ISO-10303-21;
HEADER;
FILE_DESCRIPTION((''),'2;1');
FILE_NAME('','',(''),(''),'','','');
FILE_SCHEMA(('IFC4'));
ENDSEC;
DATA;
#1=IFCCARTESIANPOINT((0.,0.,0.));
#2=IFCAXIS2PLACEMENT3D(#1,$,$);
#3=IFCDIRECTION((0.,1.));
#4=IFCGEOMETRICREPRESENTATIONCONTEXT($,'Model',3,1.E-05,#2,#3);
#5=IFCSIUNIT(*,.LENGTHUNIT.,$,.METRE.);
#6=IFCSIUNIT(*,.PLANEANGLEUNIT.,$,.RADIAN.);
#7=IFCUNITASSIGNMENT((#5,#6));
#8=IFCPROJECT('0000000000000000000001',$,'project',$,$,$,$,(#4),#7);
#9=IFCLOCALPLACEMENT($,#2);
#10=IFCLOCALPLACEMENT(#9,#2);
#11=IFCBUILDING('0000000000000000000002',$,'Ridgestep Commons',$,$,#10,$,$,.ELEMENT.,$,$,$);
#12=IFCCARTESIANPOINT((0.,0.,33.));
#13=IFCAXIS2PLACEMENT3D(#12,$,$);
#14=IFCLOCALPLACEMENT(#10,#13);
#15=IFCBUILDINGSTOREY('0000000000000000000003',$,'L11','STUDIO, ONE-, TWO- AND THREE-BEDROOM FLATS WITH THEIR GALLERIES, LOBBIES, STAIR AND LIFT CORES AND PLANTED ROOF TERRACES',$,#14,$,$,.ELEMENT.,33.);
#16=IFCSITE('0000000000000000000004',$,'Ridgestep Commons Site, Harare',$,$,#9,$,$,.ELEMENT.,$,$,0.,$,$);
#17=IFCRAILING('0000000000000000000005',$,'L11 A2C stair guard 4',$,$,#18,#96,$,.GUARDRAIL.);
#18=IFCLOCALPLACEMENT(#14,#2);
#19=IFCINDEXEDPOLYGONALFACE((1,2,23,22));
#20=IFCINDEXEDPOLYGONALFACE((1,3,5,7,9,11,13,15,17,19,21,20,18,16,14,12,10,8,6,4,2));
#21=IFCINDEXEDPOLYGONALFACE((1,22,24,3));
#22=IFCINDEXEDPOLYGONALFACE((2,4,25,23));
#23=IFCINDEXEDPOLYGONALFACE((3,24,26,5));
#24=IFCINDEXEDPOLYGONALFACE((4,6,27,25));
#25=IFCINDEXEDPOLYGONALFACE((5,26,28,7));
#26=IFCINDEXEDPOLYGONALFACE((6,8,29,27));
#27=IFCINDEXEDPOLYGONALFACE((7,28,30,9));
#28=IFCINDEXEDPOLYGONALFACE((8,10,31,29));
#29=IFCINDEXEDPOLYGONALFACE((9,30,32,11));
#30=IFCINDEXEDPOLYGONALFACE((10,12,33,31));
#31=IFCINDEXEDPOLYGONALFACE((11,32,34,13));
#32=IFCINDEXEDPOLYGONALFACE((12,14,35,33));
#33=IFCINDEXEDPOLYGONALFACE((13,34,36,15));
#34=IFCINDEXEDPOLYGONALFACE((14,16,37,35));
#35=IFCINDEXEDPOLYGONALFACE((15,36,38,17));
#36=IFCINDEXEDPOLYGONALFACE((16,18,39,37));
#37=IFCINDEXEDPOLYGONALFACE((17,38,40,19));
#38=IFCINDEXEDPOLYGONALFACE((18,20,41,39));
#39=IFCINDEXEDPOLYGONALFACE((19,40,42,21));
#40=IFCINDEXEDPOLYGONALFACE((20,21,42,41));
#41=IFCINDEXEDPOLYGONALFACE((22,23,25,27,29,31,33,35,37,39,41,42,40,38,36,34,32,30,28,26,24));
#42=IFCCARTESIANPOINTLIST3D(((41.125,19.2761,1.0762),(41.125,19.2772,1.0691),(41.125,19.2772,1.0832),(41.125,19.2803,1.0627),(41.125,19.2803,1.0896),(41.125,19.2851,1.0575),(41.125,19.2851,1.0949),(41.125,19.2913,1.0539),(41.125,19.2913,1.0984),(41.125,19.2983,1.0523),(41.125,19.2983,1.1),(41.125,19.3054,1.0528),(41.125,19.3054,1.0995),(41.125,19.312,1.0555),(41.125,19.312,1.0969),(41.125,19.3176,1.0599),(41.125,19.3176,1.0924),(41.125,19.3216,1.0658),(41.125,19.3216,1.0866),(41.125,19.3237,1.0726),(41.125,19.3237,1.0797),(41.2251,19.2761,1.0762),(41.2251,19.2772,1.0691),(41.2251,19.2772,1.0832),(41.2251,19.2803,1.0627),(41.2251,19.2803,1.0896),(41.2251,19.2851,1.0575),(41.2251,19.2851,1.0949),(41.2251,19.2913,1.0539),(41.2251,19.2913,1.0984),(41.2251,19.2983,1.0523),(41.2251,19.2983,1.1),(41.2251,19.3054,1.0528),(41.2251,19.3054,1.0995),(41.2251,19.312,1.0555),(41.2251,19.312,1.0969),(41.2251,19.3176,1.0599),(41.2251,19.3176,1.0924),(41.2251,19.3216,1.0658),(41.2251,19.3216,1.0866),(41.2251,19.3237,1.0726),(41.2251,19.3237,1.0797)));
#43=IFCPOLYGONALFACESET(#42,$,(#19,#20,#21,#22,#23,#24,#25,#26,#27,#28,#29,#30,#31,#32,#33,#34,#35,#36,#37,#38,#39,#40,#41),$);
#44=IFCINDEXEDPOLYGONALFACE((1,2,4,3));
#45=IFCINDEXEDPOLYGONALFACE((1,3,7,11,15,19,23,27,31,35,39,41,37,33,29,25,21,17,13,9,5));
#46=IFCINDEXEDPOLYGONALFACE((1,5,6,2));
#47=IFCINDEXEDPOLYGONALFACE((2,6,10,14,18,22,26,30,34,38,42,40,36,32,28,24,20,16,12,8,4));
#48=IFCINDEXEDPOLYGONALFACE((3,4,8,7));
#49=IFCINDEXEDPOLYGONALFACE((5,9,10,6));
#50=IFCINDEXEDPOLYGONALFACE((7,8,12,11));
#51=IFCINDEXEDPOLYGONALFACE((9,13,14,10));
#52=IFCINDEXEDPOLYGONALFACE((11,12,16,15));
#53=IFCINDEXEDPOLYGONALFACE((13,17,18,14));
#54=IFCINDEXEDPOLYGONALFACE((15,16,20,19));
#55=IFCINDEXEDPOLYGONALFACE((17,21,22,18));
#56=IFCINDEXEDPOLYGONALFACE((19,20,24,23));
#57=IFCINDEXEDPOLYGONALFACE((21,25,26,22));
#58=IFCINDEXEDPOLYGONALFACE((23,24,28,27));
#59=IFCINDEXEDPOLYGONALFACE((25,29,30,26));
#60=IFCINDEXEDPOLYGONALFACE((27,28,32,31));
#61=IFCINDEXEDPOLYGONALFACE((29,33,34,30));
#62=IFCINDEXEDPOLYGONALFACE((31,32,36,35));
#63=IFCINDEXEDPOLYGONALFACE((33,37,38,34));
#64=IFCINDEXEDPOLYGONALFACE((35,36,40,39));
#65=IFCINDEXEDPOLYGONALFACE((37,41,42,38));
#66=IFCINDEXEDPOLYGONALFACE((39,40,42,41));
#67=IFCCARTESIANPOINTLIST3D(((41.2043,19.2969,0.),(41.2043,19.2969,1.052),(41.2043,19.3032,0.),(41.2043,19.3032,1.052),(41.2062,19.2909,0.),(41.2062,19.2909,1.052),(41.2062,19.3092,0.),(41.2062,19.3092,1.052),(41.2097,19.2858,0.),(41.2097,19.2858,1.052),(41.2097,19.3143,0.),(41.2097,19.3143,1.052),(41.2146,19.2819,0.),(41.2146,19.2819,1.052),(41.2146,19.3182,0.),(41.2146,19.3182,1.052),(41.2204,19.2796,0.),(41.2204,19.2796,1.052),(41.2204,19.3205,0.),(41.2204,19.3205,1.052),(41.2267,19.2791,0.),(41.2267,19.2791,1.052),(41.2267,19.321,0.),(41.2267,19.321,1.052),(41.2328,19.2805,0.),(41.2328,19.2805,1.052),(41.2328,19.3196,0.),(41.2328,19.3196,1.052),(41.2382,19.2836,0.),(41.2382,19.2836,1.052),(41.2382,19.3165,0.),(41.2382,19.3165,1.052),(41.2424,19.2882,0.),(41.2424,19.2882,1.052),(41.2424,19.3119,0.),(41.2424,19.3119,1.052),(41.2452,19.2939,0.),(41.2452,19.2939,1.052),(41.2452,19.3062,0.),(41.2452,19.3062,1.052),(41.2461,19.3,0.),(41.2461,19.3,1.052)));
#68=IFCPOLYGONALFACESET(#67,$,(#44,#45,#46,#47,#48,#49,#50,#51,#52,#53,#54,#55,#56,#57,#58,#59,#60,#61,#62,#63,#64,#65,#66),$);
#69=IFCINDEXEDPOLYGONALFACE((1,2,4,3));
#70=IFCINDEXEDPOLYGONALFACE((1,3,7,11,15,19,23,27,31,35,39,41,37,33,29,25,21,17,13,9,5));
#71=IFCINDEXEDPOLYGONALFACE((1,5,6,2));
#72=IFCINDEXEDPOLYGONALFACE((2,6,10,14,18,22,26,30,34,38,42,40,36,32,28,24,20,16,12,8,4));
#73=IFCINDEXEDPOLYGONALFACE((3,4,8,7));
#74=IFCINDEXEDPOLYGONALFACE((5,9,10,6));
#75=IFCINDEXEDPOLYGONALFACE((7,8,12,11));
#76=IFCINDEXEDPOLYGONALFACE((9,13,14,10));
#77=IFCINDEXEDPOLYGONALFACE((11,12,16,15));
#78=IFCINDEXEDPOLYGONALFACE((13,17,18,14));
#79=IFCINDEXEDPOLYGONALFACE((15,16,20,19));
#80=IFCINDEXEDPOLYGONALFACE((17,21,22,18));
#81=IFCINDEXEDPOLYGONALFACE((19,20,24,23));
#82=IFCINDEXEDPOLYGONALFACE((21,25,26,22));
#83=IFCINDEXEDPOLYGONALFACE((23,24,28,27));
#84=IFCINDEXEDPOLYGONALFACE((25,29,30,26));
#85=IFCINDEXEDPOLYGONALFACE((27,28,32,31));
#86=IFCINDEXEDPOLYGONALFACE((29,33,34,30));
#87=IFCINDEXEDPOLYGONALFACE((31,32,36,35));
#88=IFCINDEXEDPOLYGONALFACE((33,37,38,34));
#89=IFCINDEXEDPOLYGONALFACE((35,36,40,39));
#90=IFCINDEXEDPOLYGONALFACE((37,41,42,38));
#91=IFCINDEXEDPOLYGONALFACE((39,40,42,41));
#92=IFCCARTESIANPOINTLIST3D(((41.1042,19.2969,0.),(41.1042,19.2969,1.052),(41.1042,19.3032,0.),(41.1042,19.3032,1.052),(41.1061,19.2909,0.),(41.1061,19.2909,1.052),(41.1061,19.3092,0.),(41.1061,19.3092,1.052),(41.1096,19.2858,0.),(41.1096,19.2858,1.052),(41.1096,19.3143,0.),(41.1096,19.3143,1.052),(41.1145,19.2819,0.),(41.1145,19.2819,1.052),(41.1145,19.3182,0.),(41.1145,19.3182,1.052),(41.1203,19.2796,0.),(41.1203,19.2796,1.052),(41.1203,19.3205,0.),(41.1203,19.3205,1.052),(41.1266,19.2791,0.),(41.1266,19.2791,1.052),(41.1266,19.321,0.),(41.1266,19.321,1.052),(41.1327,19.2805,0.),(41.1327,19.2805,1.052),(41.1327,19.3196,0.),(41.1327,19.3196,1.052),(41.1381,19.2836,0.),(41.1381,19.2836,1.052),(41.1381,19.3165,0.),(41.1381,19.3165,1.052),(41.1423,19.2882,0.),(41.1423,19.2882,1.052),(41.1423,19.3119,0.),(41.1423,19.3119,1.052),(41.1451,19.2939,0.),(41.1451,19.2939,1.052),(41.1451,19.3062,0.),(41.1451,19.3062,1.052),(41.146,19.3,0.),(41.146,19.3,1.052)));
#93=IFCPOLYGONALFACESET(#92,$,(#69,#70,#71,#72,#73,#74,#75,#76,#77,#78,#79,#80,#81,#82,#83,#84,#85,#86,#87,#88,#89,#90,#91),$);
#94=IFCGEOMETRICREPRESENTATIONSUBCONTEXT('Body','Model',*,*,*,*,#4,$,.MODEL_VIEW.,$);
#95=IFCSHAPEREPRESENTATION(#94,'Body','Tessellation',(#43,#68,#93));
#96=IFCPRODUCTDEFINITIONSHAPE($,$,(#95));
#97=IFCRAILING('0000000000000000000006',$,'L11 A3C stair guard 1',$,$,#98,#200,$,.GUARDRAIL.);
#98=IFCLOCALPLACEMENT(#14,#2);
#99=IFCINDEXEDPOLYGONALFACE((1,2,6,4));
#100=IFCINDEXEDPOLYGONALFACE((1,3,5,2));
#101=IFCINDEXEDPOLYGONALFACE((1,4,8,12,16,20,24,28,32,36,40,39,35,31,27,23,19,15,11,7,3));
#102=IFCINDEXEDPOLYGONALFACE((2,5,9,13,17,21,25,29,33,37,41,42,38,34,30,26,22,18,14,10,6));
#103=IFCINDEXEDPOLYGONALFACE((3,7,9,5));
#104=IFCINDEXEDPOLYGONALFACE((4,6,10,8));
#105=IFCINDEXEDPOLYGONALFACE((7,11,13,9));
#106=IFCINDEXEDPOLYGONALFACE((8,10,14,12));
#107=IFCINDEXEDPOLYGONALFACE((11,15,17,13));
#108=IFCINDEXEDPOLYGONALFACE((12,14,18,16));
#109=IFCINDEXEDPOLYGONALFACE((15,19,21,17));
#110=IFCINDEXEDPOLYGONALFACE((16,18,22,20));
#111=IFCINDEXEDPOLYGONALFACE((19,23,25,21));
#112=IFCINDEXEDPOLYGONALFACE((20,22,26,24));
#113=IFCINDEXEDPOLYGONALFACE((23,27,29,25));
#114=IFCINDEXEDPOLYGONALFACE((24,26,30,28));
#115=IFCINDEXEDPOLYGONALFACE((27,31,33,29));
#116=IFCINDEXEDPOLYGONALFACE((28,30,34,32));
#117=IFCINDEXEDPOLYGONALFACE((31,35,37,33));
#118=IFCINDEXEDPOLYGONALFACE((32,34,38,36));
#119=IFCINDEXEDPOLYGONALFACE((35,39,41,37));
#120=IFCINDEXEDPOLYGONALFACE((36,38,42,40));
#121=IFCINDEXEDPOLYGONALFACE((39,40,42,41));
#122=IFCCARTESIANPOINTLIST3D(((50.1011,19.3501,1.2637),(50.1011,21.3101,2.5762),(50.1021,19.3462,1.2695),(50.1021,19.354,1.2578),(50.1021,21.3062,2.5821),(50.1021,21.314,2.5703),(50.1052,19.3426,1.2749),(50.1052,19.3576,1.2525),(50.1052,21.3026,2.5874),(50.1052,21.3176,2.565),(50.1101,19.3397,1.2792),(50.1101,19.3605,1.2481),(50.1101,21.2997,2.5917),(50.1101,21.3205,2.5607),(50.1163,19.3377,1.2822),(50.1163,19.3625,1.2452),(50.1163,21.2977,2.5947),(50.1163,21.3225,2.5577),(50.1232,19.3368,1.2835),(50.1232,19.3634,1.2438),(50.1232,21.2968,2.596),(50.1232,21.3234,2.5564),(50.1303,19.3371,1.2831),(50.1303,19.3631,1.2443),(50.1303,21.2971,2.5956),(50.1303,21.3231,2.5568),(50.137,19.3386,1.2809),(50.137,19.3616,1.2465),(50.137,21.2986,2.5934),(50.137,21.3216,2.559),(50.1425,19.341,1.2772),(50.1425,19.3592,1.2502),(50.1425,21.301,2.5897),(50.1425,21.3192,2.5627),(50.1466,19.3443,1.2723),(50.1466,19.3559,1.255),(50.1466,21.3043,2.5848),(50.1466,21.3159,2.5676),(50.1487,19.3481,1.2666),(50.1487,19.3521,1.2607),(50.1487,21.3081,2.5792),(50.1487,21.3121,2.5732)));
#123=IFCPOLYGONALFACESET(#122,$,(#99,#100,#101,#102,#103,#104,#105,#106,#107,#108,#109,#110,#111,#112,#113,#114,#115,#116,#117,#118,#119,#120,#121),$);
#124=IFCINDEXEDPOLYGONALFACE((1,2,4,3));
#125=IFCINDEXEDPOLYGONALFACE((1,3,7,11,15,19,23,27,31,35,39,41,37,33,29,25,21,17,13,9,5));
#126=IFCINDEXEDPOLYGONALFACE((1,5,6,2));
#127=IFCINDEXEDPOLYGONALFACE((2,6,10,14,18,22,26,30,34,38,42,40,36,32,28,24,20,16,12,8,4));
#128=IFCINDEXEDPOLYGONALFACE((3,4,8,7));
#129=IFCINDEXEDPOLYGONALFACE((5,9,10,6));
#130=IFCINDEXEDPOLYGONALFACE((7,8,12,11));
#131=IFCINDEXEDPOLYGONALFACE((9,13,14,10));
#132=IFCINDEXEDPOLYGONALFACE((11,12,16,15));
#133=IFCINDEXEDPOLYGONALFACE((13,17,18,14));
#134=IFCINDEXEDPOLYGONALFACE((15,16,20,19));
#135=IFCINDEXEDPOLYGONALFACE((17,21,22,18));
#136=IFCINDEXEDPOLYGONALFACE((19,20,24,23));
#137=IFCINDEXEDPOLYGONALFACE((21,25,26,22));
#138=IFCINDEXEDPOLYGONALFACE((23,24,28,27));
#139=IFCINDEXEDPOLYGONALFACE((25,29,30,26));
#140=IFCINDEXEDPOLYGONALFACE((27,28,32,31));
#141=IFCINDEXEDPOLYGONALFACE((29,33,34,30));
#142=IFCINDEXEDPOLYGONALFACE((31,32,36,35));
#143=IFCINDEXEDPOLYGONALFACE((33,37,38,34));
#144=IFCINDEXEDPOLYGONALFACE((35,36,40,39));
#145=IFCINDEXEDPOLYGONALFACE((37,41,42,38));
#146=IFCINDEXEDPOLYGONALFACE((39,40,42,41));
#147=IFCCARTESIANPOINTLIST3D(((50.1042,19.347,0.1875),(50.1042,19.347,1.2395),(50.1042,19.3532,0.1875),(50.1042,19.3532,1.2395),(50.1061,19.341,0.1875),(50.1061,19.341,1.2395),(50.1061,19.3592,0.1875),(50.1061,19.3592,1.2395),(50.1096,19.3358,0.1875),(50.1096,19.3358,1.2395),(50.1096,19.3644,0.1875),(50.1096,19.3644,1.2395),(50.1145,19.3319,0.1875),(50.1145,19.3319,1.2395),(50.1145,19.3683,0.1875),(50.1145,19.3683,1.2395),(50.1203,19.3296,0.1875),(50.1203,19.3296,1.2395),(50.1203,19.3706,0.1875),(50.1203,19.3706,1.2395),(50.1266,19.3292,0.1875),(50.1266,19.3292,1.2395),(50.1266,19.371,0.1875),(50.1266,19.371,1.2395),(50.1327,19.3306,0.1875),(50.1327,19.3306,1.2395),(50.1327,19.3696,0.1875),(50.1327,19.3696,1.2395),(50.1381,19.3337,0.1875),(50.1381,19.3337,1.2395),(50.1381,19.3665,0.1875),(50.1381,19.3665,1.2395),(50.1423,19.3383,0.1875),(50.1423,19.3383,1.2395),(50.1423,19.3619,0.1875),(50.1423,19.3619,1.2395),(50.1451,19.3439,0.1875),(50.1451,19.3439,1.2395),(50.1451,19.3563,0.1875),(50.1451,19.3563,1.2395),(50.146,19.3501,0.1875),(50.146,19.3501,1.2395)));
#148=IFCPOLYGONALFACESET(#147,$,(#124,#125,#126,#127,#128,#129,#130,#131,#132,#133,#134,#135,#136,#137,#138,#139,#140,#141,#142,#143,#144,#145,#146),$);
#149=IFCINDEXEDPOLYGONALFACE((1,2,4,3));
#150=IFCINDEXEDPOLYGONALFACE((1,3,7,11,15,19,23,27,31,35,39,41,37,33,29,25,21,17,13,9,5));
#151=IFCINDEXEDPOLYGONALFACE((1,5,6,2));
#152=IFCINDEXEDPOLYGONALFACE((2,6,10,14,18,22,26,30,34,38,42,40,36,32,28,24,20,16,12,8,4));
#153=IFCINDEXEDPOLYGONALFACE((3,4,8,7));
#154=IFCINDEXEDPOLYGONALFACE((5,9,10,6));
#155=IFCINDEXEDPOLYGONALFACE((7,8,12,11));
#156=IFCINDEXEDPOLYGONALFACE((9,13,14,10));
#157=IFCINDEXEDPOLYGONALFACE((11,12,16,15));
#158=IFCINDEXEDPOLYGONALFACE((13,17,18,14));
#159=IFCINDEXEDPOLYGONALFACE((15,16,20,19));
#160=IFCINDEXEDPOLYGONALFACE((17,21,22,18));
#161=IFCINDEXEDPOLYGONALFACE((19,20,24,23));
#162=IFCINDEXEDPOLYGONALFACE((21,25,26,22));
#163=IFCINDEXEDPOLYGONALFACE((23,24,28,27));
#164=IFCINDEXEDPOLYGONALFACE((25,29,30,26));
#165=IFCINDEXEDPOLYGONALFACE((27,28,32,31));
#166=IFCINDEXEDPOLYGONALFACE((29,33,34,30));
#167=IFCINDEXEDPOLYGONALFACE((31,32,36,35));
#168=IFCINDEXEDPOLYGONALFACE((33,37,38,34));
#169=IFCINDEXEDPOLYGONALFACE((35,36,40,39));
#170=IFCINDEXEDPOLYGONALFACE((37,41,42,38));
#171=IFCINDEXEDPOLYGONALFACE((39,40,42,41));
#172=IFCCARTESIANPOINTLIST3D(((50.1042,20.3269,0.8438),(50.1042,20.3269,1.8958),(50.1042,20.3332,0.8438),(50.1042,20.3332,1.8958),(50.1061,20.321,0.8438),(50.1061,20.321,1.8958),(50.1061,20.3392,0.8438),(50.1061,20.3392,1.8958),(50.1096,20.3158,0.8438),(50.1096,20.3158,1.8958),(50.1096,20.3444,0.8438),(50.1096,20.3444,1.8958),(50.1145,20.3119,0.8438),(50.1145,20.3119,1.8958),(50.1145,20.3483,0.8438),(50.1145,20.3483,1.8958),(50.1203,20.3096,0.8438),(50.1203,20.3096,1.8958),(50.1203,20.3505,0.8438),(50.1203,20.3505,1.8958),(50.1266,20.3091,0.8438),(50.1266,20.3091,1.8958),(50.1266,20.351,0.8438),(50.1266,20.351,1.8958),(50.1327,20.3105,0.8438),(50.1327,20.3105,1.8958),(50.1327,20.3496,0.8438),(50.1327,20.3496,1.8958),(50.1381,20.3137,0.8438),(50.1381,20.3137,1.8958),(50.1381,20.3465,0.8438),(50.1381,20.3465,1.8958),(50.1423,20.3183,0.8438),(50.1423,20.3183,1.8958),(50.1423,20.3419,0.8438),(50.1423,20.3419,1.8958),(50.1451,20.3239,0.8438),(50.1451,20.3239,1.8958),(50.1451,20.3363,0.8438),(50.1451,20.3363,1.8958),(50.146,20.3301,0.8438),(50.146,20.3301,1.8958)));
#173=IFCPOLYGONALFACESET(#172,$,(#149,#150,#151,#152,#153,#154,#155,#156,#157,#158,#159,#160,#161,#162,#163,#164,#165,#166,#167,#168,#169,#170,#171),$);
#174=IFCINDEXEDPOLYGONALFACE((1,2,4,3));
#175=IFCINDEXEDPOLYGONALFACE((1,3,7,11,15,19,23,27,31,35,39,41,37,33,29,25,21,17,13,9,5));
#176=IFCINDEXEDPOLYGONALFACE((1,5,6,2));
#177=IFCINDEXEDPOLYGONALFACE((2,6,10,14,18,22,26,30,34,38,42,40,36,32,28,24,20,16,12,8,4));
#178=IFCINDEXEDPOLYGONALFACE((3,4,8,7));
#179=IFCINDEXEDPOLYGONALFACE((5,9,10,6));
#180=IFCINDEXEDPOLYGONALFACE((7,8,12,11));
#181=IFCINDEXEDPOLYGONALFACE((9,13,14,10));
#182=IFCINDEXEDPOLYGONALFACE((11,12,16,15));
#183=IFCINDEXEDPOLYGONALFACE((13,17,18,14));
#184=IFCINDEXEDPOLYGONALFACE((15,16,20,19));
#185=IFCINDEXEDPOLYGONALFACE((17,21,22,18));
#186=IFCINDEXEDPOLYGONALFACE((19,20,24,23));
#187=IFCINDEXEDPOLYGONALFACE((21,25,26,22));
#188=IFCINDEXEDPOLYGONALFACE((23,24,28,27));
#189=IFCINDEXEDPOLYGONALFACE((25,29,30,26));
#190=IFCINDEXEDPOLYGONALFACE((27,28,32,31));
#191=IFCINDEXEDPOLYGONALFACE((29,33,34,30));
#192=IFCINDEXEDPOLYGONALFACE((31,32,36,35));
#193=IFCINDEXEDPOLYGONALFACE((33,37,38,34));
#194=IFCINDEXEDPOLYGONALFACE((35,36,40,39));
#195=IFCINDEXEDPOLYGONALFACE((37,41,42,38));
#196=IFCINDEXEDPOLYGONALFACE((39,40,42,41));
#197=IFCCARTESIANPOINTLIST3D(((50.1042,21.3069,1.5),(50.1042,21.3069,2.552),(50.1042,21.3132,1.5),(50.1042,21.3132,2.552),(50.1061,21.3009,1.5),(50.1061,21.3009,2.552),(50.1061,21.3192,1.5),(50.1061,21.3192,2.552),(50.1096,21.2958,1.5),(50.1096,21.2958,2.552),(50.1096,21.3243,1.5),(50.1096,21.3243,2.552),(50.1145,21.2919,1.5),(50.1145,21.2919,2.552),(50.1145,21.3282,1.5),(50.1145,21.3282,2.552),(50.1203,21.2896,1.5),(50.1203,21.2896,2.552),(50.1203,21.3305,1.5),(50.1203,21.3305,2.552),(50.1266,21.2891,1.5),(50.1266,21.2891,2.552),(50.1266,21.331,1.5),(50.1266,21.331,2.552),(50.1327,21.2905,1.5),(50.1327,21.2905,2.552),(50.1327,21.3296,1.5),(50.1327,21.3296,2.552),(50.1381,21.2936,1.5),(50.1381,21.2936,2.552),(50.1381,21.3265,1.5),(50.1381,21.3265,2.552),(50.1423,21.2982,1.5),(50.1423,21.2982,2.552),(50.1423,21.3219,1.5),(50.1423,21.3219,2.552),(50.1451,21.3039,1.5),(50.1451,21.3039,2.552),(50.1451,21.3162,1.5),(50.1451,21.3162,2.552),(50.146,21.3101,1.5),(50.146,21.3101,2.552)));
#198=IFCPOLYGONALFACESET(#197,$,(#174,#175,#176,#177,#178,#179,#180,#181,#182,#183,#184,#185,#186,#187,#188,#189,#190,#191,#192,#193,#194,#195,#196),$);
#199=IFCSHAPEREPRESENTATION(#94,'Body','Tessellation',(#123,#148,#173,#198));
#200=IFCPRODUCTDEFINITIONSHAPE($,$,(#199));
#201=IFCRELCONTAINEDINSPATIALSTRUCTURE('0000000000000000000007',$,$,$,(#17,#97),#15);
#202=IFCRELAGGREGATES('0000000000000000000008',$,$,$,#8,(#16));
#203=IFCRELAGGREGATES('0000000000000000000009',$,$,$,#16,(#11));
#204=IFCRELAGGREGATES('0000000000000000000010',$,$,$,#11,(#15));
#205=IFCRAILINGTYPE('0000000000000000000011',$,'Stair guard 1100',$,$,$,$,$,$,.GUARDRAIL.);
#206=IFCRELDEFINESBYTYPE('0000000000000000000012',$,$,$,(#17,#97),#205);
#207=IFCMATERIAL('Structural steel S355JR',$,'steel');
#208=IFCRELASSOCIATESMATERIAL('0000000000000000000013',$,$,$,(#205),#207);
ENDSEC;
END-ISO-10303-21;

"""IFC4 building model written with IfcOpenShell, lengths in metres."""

from ifc_helpers import new_model, si_unit, direction, frame, origin, origin_2d, place, context, subcontext, project, spatial, circle, extrude, material, type_object, element, save


model = new_model("IFC4")

# Units and contexts
model_context = context("Model", 3, precision=1e-05, world=origin(), true_north=direction((0.0, 1.0)))
body_context = subcontext(model_context, "Body", "Model", "MODEL_VIEW")
ifc_project = project(units=[si_unit("LENGTHUNIT", "METRE"), si_unit("PLANEANGLEUNIT", "RADIAN")], contexts=[model_context])

# Site, building, storey
site_placement = place(None, origin())
site = spatial("IfcSite", under=ifc_project, at=site_placement, Name="Ridgestep Commons Site, Harare", CompositionType="ELEMENT", RefElevation=0.0)
building_placement = place(site_placement, origin())
building = spatial("IfcBuilding", under=site, at=building_placement, Name="Ridgestep Commons", CompositionType="ELEMENT")
storey_placement = place(building_placement, frame((0.0, 0.0, 33.0)))
storey = spatial("IfcBuildingStorey", under=building, at=storey_placement, Name="L11", Description="STUDIO, ONE-, TWO- AND THREE-BEDROOM FLATS WITH THEIR GALLERIES, LOBBIES, STAIR AND LIFT CORES AND PLANTED ROOF TERRACES", CompositionType="ELEMENT", Elevation=33.0)

# Railings
ifc_material_1 = material(Name="Structural steel S355JR", Category="steel")
railing_type_1 = type_object("IfcRailingType", Name="Stair guard 1100", PredefinedType="GUARDRAIL", material=ifc_material_1)
railing_1_placement = place(storey_placement, frame((41.2251, 19.3, 0.0)))
element("IfcRailing", 1, at=railing_1_placement, inside=storey, type_object=railing_type_1, Name="L11 A2C stair guard 4", PredefinedType="GUARDRAIL", context=body_context, shape_type="SweptSolid", body=[
    extrude(circle(Radius=0.0239, at=origin_2d()), frame((0.0, 0.0, 1.0762), z_axis=(-1.0, 0.0, 0.0), x_axis=(0.0, -1.0, 0.0)), (0.0, 0.0, 1.0), 0.1001),
    extrude(circle(Radius=0.021, at=origin_2d()), origin(), (0.0, 0.0, 1.0), 1.052),
    extrude(circle(Radius=0.021, at=origin_2d()), frame((-0.1001, 0.0, 0.0)), (0.0, 0.0, 1.0), 1.052),
])
railing_2_placement = place(storey_placement, frame((50.125, 19.3501, 0.1875)))
element("IfcRailing", 2, at=railing_2_placement, inside=storey, type_object=railing_type_1, Name="L11 A3C stair guard 1", PredefinedType="GUARDRAIL", context=body_context, shape_type="SweptSolid", body=[
    extrude(circle(Radius=0.0239, at=origin_2d()), frame((0.0, 0.0, 1.0762), z_axis=(0.0, 0.830902, 0.556419), x_axis=(-1.0, 0.0, 0.0)), (0.0, 0.0, 1.0), 2.3589),
    extrude(circle(Radius=0.021, at=origin_2d()), origin(), (0.0, 0.0, 1.0), 1.052),
    extrude(circle(Radius=0.021, at=origin_2d()), frame((0.0, 0.98, 0.6562)), (0.0, 0.0, 1.0), 1.052),
    extrude(circle(Radius=0.021, at=origin_2d()), frame((0.0, 1.96, 1.3125)), (0.0, 0.0, 1.0), 1.052),
])

save(model, "model.ifc")
